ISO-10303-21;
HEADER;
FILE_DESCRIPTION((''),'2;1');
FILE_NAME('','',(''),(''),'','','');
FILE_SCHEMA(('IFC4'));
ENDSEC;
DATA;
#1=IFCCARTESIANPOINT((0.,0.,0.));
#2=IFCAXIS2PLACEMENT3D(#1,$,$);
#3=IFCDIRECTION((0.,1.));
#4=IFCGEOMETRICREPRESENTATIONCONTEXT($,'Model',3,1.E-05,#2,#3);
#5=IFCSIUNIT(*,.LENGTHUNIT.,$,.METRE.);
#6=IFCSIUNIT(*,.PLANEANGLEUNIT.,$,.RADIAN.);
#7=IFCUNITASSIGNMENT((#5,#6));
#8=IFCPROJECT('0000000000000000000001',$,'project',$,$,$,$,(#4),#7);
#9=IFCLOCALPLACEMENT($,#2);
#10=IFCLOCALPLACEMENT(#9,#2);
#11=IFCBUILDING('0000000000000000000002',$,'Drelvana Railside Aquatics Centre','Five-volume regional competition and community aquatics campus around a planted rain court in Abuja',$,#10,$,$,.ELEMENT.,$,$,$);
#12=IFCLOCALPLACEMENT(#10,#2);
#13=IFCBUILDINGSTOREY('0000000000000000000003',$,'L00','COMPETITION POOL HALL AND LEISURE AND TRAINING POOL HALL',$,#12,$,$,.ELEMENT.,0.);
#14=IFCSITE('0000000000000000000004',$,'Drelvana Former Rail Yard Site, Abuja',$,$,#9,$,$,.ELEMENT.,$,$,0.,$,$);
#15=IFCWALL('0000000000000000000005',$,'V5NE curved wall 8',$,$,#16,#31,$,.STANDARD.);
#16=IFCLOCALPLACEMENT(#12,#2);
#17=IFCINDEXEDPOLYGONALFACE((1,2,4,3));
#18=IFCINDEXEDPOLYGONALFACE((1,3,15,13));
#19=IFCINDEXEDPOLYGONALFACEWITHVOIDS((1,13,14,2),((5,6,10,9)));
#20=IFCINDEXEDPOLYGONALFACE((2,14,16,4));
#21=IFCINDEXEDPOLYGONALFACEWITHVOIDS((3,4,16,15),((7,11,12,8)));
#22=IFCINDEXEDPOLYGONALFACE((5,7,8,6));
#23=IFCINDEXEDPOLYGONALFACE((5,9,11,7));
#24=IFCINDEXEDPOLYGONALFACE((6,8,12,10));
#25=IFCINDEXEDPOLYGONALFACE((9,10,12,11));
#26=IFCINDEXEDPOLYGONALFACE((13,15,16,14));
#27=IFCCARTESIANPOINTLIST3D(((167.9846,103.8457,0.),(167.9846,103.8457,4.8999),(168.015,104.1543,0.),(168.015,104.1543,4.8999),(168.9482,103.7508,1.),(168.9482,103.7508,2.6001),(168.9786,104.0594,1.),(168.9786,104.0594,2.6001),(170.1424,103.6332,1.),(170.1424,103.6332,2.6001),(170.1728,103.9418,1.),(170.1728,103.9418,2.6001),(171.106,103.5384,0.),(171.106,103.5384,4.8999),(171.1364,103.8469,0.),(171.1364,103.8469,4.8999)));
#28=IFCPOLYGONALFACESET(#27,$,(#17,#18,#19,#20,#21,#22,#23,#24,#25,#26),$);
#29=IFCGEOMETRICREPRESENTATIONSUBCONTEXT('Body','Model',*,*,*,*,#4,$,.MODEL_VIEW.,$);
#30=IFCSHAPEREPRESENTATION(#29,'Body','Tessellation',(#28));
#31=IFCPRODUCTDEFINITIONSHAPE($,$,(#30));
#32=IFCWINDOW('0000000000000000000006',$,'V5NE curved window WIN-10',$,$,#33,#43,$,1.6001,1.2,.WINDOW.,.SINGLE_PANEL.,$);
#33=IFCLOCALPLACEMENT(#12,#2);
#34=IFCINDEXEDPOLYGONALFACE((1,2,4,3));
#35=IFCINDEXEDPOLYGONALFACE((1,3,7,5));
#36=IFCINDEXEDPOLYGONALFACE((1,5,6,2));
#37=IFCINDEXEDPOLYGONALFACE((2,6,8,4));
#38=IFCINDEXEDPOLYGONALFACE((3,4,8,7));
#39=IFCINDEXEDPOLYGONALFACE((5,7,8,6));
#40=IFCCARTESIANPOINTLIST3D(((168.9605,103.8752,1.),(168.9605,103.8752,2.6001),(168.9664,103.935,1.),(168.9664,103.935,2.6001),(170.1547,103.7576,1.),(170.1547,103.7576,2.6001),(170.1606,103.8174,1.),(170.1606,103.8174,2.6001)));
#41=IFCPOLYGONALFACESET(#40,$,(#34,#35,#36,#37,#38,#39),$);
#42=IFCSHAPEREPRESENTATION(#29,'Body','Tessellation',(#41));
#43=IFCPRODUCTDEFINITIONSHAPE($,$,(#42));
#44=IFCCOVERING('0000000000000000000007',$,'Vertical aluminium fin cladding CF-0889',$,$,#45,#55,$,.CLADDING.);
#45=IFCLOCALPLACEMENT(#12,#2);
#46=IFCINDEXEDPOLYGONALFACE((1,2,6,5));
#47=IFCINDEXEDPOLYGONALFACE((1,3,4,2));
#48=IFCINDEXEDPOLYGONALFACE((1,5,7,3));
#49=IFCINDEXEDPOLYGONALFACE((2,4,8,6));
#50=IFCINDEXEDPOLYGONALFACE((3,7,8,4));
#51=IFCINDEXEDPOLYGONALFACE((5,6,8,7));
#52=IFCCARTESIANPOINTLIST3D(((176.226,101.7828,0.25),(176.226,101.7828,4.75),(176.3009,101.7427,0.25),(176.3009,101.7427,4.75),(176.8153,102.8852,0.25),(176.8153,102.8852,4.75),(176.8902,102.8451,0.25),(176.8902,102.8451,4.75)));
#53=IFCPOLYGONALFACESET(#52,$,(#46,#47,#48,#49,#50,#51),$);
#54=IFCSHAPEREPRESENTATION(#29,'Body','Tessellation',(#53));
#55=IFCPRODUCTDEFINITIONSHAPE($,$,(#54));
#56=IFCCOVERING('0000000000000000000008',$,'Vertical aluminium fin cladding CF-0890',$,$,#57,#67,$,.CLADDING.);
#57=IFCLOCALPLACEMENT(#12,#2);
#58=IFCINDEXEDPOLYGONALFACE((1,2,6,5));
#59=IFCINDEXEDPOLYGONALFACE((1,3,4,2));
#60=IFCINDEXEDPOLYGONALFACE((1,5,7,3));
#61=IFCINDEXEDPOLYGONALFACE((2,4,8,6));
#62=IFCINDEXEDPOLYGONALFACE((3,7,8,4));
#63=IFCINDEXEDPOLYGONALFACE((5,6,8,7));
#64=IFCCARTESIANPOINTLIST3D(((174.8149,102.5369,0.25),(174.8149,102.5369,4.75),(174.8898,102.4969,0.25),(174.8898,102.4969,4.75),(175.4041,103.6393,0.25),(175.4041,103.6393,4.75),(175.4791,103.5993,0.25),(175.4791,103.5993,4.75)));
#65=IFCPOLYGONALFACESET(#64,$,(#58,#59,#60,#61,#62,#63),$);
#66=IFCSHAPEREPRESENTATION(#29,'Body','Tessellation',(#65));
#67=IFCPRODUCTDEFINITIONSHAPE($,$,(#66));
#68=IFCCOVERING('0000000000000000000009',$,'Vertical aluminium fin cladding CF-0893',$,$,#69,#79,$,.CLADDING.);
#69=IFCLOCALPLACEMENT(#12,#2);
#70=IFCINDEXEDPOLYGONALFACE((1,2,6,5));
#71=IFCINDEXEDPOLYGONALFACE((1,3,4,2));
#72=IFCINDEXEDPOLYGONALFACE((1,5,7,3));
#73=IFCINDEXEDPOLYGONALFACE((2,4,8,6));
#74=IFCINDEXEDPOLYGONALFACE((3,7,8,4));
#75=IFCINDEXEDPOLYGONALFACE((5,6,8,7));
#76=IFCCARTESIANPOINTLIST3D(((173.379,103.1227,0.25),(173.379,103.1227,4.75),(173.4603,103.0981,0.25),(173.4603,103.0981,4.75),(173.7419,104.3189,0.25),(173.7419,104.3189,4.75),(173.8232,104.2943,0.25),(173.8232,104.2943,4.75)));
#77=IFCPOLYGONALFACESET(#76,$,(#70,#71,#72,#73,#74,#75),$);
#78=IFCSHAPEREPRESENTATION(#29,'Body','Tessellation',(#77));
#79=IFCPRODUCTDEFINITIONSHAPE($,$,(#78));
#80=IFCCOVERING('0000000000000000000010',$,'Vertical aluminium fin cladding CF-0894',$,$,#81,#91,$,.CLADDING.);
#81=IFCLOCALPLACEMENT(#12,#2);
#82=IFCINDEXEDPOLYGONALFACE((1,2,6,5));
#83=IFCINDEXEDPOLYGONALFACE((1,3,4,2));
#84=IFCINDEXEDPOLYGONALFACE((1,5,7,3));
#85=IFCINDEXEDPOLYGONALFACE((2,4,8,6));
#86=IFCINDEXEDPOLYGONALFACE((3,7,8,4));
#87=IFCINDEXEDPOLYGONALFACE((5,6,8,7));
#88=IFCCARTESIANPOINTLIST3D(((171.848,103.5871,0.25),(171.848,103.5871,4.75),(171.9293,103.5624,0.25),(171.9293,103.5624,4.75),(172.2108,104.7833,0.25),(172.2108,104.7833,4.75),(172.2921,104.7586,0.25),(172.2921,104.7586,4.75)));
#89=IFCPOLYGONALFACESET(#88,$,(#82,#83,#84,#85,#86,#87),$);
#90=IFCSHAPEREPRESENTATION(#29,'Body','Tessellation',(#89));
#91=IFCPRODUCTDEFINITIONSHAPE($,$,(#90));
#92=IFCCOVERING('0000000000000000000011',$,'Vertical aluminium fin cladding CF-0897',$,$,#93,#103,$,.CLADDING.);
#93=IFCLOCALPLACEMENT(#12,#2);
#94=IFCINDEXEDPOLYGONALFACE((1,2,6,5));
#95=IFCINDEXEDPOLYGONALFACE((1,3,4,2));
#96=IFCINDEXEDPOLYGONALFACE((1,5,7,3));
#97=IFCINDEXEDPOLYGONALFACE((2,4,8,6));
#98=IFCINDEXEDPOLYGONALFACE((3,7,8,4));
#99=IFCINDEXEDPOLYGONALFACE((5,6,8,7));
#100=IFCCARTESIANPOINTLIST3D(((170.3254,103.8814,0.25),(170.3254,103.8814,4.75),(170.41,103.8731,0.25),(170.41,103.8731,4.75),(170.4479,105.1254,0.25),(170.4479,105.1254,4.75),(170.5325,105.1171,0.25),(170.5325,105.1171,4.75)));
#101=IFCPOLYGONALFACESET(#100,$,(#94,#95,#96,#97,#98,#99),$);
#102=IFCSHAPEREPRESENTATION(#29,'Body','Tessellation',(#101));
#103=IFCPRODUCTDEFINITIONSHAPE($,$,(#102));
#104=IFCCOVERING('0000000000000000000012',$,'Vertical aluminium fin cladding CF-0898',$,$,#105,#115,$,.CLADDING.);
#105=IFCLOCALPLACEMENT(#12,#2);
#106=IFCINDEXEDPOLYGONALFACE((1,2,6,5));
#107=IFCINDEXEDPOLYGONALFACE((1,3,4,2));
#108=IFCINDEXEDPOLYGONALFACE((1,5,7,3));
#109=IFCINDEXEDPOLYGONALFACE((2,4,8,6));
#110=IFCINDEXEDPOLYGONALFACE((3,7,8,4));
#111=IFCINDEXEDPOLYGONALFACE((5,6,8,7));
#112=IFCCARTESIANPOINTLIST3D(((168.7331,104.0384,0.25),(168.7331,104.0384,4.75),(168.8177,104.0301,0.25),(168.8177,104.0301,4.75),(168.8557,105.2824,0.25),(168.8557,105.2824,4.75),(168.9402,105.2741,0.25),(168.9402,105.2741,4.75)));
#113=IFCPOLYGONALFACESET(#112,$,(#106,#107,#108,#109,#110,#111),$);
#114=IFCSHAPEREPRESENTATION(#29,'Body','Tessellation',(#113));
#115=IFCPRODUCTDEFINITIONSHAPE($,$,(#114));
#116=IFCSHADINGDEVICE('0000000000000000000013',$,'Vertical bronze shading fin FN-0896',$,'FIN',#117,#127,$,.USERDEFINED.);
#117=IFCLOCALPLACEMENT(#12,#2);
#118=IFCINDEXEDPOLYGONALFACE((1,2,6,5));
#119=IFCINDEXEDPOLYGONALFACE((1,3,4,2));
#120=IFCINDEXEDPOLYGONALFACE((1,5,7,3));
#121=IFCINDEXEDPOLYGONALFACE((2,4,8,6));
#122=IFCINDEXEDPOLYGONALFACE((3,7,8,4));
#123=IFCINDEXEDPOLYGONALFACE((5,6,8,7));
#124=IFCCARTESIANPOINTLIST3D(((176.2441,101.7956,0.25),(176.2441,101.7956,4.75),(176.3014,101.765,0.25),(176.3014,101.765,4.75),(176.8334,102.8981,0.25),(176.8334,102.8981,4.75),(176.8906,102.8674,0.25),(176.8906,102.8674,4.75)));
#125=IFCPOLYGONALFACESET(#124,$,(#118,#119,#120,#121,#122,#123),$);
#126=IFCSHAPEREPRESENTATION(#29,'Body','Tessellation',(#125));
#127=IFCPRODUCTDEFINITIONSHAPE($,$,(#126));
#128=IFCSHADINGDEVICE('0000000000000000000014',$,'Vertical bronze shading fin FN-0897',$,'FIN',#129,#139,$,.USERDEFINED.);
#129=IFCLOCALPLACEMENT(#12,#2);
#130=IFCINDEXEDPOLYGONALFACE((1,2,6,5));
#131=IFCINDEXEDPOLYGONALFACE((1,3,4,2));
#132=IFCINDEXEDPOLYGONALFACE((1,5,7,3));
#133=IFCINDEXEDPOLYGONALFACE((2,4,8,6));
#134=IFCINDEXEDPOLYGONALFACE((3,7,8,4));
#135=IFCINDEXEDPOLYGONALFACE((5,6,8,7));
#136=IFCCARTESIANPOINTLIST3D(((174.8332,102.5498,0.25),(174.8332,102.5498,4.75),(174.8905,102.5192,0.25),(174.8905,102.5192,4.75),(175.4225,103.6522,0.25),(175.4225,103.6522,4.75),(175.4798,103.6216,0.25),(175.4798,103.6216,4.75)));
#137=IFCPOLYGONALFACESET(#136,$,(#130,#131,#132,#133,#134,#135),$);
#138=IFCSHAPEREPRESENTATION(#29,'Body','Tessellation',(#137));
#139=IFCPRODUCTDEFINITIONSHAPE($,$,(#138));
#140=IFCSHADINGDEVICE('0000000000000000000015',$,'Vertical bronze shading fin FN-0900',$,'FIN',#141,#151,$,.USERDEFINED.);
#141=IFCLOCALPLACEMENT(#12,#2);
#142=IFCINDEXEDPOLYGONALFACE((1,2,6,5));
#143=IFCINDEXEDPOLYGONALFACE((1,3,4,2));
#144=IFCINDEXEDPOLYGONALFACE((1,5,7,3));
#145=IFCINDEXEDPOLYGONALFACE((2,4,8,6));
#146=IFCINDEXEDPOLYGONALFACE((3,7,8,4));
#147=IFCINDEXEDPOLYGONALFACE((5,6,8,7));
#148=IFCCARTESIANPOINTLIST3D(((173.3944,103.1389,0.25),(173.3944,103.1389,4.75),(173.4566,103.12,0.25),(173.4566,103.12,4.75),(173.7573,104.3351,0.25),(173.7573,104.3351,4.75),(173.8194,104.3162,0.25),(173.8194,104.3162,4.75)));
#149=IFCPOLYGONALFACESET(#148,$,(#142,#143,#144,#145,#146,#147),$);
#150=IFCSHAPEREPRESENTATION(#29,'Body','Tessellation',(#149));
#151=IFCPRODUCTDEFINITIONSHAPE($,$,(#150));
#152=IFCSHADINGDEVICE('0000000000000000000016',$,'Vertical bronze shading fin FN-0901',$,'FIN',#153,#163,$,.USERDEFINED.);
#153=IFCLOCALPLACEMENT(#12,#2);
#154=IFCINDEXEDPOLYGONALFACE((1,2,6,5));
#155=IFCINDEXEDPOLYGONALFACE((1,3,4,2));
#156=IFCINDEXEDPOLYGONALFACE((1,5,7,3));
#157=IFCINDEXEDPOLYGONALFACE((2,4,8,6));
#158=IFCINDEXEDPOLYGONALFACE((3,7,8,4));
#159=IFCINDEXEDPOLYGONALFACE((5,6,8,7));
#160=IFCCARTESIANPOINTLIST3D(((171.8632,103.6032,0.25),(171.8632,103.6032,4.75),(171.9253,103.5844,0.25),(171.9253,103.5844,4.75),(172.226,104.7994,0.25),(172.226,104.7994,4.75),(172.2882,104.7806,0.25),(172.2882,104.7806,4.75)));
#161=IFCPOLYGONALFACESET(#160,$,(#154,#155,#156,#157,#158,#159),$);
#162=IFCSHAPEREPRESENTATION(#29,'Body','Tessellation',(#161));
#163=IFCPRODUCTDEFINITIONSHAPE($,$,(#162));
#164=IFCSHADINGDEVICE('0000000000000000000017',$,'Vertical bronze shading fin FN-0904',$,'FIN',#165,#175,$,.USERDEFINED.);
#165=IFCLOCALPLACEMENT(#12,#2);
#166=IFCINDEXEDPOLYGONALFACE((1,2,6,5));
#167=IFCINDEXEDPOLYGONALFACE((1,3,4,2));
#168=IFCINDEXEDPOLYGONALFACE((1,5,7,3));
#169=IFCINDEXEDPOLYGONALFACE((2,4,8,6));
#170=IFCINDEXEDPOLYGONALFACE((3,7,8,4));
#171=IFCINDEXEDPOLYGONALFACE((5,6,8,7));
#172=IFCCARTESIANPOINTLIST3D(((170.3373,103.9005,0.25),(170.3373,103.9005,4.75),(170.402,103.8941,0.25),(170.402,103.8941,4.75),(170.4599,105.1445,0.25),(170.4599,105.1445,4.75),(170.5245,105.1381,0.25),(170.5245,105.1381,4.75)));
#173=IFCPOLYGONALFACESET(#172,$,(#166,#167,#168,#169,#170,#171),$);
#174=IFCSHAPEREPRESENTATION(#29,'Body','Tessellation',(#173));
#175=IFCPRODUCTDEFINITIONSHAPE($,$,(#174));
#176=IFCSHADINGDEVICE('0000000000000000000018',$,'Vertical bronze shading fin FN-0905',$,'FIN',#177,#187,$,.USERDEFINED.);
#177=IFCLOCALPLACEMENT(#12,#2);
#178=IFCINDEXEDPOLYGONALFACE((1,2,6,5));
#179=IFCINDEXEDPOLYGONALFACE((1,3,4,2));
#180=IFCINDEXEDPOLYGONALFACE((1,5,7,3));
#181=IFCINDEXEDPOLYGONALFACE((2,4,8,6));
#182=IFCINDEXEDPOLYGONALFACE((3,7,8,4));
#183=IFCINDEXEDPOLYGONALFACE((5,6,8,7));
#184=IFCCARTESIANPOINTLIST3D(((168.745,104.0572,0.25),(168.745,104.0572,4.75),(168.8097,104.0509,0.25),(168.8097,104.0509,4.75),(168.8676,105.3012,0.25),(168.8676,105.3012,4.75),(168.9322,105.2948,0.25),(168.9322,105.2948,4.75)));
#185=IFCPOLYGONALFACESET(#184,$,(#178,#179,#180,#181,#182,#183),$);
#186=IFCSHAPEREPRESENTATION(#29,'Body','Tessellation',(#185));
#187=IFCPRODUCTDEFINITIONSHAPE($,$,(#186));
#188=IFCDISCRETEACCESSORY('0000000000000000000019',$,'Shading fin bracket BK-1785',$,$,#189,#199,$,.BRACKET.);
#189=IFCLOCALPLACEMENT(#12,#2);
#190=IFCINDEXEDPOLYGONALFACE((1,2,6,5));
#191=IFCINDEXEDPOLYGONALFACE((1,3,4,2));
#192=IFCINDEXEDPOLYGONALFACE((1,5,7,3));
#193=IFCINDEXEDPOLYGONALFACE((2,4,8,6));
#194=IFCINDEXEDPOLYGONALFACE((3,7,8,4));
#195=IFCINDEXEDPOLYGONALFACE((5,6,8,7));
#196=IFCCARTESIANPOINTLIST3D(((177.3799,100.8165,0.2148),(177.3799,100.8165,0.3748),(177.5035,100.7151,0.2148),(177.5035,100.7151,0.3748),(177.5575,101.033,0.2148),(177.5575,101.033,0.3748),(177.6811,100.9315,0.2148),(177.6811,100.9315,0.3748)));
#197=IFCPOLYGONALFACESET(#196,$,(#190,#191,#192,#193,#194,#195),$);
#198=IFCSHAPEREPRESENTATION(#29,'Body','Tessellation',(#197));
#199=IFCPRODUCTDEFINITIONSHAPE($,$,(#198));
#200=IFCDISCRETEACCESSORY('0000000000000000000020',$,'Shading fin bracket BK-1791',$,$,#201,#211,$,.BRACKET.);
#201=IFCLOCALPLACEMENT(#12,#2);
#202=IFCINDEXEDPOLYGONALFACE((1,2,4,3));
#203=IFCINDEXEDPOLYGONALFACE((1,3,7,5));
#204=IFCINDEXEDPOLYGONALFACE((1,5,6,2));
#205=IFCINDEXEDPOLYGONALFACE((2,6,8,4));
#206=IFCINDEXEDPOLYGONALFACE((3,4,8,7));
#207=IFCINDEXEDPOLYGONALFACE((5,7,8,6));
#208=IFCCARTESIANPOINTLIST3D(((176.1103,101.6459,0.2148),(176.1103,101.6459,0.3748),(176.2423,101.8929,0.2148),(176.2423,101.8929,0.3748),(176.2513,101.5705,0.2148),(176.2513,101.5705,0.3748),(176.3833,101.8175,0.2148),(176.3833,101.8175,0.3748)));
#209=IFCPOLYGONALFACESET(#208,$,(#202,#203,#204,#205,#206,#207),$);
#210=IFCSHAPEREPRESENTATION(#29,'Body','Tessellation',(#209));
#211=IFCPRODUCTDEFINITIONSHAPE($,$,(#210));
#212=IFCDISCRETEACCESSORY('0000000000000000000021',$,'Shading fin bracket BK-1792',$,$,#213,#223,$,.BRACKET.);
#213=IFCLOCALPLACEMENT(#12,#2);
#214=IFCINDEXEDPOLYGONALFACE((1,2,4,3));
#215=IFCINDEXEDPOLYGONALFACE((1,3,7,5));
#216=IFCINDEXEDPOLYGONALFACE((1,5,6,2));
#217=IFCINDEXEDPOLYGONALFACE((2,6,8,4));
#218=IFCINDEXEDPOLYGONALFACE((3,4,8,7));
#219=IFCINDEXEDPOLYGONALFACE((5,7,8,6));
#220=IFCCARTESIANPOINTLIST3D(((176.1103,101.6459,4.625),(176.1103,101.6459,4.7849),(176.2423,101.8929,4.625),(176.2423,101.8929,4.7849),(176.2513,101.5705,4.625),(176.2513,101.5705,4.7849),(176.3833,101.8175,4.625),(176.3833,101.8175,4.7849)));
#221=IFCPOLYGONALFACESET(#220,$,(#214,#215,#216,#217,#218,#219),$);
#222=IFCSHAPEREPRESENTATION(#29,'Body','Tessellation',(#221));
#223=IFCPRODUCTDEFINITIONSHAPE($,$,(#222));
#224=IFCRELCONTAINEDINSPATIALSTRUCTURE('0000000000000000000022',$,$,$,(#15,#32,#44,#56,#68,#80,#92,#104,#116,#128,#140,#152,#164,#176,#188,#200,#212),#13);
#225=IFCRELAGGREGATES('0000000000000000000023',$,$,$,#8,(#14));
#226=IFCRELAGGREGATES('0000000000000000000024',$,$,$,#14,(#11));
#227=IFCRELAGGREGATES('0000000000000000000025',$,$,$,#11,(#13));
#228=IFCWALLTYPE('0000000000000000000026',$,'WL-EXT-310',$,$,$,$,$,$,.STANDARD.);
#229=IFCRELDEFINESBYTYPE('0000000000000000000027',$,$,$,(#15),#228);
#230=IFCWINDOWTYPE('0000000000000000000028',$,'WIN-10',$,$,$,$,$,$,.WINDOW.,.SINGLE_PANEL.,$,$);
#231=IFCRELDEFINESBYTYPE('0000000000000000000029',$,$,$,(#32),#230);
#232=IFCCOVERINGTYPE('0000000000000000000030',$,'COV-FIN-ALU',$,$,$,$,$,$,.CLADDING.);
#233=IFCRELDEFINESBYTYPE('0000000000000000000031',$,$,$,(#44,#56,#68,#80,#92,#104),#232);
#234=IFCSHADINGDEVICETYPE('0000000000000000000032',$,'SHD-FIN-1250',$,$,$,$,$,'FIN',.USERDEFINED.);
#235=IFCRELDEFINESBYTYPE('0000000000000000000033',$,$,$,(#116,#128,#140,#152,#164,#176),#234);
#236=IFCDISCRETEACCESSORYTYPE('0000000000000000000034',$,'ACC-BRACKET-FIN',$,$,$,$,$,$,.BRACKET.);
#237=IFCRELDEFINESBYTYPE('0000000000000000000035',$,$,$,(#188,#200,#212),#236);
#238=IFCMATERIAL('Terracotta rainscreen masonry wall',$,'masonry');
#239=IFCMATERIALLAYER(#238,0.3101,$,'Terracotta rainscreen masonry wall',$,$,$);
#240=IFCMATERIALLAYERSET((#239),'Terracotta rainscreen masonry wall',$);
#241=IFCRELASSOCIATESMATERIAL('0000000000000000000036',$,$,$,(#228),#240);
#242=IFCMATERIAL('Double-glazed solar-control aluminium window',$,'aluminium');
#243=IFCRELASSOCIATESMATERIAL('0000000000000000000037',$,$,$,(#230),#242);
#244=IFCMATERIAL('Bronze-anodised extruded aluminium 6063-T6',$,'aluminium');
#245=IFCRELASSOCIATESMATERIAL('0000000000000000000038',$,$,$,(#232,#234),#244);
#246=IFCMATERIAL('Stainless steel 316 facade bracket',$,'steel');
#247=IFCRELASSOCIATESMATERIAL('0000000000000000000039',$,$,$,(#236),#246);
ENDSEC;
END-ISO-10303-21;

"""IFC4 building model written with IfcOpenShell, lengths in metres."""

from ifc_helpers import new_model, si_unit, direction, frame, frame_2d, origin, origin_2d, place, context, subcontext, project, spatial, rectangle, extrude, material, layer, layer_set, type_object, element, fill, save


model = new_model("IFC4")

# Units and contexts
model_context = context("Model", 3, precision=1e-05, world=origin(), true_north=direction((0.0, 1.0)))
body_context = subcontext(model_context, "Body", "Model", "MODEL_VIEW")
ifc_project = project(units=[si_unit("LENGTHUNIT", "METRE"), si_unit("PLANEANGLEUNIT", "RADIAN")], contexts=[model_context])

# Site, building, storey
site_placement = place(None, origin())
site = spatial("IfcSite", under=ifc_project, at=site_placement, Name="Drelvana Former Rail Yard Site, Abuja", CompositionType="ELEMENT", RefElevation=0.0)
building_placement = place(site_placement, origin())
building = spatial("IfcBuilding", under=site, at=building_placement, Name="Drelvana Railside Aquatics Centre", Description="Five-volume regional competition and community aquatics campus around a planted rain court in Abuja", CompositionType="ELEMENT")
storey_placement = place(building_placement, origin())
storey = spatial("IfcBuildingStorey", under=building, at=storey_placement, Name="L00", Description="COMPETITION POOL HALL AND LEISURE AND TRAINING POOL HALL", CompositionType="ELEMENT", Elevation=0.0)

# Shared definitions
ifc_material_1 = material(Name="Terracotta rainscreen masonry wall", Category="masonry")
ifc_layer_1 = layer(ifc_material_1, 0.3101, Name="Terracotta rainscreen masonry wall")
ifc_layer_set_1 = layer_set([ifc_layer_1], Name="Terracotta rainscreen masonry wall")
wall_type = type_object("IfcWallType", Name="WL-EXT-310", PredefinedType="STANDARD", material=ifc_layer_set_1)

# Wall, opening, window
wall_1_placement = place(storey_placement, frame((171.1213, 103.6926, 0.0), z_axis=(0.0, 0.0, 1.0), x_axis=(-0.995186, 0.098001, 0.0)))
wall_1 = element("IfcWall", 1, at=wall_1_placement, inside=storey, type_object=wall_type, Name="V5NE curved wall 8", PredefinedType="STANDARD", context=body_context, shape_type="SweptSolid", body=[
    extrude(rectangle(XDim=3.1365, YDim=0.3101, at=frame_2d((1.5684, 0.0))), origin(), (0.0, 0.0, 1.0), 4.8999),
])
opening_placement = place(wall_1_placement, frame((0.9683, 0.0, 1.0)))
opening = element("IfcOpeningElement", 2, at=opening_placement, cuts=wall_1, PredefinedType="OPENING", context=body_context, shape_type="SweptSolid", body=[
    extrude(rectangle(XDim=1.2, YDim=1.6001, at=frame_2d((0.6001, 0.8))), frame((0.0, 0.165, 0.0), z_axis=(0.0, -1.0, 0.0), x_axis=(1.0, 0.0, 0.0)), (0.0, 0.0, 1.0), 0.3301),
])
ifc_material_2 = material(Name="Double-glazed solar-control aluminium window", Category="aluminium")
window_type = type_object("IfcWindowType", Name="WIN-10", PartitioningType="SINGLE_PANEL", PredefinedType="WINDOW", material=ifc_material_2)
window_placement = place(opening_placement, origin())
window = element("IfcWindow", 3, at=window_placement, inside=storey, type_object=window_type, Name="V5NE curved window WIN-10", OverallHeight=1.6001, OverallWidth=1.2, PartitioningType="SINGLE_PANEL", PredefinedType="WINDOW", context=body_context, shape_type="SweptSolid", body=[
    extrude(rectangle(XDim=1.2, YDim=1.6001, at=frame_2d((0.6001, 0.8))), frame((0.0, 0.03, 0.0), z_axis=(0.0, -1.0, 0.0), x_axis=(1.0, 0.0, 0.0)), (0.0, 0.0, 1.0), 0.0601),
])
fill(opening, window)

# Coverings
ifc_material_3 = material(Name="Bronze-anodised extruded aluminium 6063-T6", Category="aluminium")
covering_type = type_object("IfcCoveringType", Name="COV-FIN-ALU", PredefinedType="CLADDING", material=ifc_material_3)
for number, where, z_axis, x_axis, name in (
    (4, (176.5581, 102.314, 0.25), (0.0, 0.0, 1.0), (0.881921, -0.471397, 0.0), "Vertical aluminium fin cladding CF-0889"),
    (5, (175.147, 103.0681, 0.25), (0.0, 0.0, 1.0), (0.881921, -0.471397, 0.0), "Vertical aluminium fin cladding CF-0890"),
    (6, (173.6011, 103.7085, 0.25), (0.0, 0.0, 1.0), (0.95694, -0.290285, 0.0), "Vertical aluminium fin cladding CF-0893"),
    (7, (172.0701, 104.1729, 0.25), (0.0, 0.0, 1.0), (0.95694, -0.290285, 0.0), "Vertical aluminium fin cladding CF-0894"),
    (8, (170.429, 104.4993, 0.25), (0.0, 0.0, 1.0), (0.995185, -0.098017, 0.0), "Vertical aluminium fin cladding CF-0897"),
    (9, (168.8367, 104.6562, 0.25), (0.0, 0.0, 1.0), (0.995185, -0.098017, 0.0), "Vertical aluminium fin cladding CF-0898"),
):
    element("IfcCovering", number, at=place(storey_placement, frame(where, z_axis=z_axis, x_axis=x_axis)), inside=storey, type_object=covering_type, Name=name, PredefinedType="CLADDING", context=body_context, shape_type="SweptSolid", body=[
        extrude(rectangle(XDim=0.085, YDim=1.25, at=origin_2d()), origin(), (0.0, 0.0, 1.0), 4.5),
    ])

# Shading devices
shading_device_type = type_object("IfcShadingDeviceType", Name="SHD-FIN-1250", ElementType="FIN", PredefinedType="USERDEFINED", material=ifc_material_3)
for number, where, z_axis, x_axis, name in (
    (10, (176.5674, 102.3315, 0.25), (0.0, 0.0, 1.0), (0.471397, 0.881921, 0.0), "Vertical bronze shading fin FN-0896"),
    (11, (175.1565, 103.0857, 0.25), (0.0, 0.0, 1.0), (0.471397, 0.881921, 0.0), "Vertical bronze shading fin FN-0897"),
    (12, (173.6069, 103.7275, 0.25), (0.0, 0.0, 1.0), (0.290285, 0.95694, 0.0), "Vertical bronze shading fin FN-0900"),
    (13, (172.0757, 104.1919, 0.25), (0.0, 0.0, 1.0), (0.290285, 0.95694, 0.0), "Vertical bronze shading fin FN-0901"),
    (14, (170.4309, 104.5193, 0.25), (0.0, 0.0, 1.0), (0.098017, 0.995185, 0.0), "Vertical bronze shading fin FN-0904"),
    (15, (168.8386, 104.676, 0.25), (0.0, 0.0, 1.0), (0.098017, 0.995185, 0.0), "Vertical bronze shading fin FN-0905"),
):
    element("IfcShadingDevice", number, at=place(storey_placement, frame(where, z_axis=z_axis, x_axis=x_axis)), inside=storey, type_object=shading_device_type, Name=name, ObjectType="FIN", PredefinedType="USERDEFINED", context=body_context, shape_type="SweptSolid", body=[
        extrude(rectangle(XDim=1.25, YDim=0.0649, at=origin_2d()), origin(), (0.0, 0.0, 1.0), 4.5),
    ])

# Discrete accessories
ifc_material_4 = material(Name="Stainless steel 316 facade bracket", Category="steel")
discrete_accessory_type = type_object("IfcDiscreteAccessoryType", Name="ACC-BRACKET-FIN", PredefinedType="BRACKET", material=ifc_material_4)
for number, where, z_axis, x_axis, name in (
    (16, (177.5305, 100.874, 0.2148), (0.0, 0.0, 1.0), (0.634393, 0.77301, 0.0), "Shading fin bracket BK-1785"),
    (17, (176.2468, 101.7317, 0.2148), (0.0, 0.0, 1.0), (0.471397, 0.881921, 0.0), "Shading fin bracket BK-1791"),
    (18, (176.2468, 101.7317, 4.625), (0.0, 0.0, 1.0), (0.471397, 0.881921, 0.0), "Shading fin bracket BK-1792"),
):
    element("IfcDiscreteAccessory", number, at=place(storey_placement, frame(where, z_axis=z_axis, x_axis=x_axis)), inside=storey, type_object=discrete_accessory_type, Name=name, PredefinedType="BRACKET", context=body_context, shape_type="SweptSolid", body=[
        extrude(rectangle(XDim=0.28, YDim=0.1599, at=origin_2d()), origin(), (0.0, 0.0, 1.0), 0.1599),
    ])

save(model, "model.ifc")
